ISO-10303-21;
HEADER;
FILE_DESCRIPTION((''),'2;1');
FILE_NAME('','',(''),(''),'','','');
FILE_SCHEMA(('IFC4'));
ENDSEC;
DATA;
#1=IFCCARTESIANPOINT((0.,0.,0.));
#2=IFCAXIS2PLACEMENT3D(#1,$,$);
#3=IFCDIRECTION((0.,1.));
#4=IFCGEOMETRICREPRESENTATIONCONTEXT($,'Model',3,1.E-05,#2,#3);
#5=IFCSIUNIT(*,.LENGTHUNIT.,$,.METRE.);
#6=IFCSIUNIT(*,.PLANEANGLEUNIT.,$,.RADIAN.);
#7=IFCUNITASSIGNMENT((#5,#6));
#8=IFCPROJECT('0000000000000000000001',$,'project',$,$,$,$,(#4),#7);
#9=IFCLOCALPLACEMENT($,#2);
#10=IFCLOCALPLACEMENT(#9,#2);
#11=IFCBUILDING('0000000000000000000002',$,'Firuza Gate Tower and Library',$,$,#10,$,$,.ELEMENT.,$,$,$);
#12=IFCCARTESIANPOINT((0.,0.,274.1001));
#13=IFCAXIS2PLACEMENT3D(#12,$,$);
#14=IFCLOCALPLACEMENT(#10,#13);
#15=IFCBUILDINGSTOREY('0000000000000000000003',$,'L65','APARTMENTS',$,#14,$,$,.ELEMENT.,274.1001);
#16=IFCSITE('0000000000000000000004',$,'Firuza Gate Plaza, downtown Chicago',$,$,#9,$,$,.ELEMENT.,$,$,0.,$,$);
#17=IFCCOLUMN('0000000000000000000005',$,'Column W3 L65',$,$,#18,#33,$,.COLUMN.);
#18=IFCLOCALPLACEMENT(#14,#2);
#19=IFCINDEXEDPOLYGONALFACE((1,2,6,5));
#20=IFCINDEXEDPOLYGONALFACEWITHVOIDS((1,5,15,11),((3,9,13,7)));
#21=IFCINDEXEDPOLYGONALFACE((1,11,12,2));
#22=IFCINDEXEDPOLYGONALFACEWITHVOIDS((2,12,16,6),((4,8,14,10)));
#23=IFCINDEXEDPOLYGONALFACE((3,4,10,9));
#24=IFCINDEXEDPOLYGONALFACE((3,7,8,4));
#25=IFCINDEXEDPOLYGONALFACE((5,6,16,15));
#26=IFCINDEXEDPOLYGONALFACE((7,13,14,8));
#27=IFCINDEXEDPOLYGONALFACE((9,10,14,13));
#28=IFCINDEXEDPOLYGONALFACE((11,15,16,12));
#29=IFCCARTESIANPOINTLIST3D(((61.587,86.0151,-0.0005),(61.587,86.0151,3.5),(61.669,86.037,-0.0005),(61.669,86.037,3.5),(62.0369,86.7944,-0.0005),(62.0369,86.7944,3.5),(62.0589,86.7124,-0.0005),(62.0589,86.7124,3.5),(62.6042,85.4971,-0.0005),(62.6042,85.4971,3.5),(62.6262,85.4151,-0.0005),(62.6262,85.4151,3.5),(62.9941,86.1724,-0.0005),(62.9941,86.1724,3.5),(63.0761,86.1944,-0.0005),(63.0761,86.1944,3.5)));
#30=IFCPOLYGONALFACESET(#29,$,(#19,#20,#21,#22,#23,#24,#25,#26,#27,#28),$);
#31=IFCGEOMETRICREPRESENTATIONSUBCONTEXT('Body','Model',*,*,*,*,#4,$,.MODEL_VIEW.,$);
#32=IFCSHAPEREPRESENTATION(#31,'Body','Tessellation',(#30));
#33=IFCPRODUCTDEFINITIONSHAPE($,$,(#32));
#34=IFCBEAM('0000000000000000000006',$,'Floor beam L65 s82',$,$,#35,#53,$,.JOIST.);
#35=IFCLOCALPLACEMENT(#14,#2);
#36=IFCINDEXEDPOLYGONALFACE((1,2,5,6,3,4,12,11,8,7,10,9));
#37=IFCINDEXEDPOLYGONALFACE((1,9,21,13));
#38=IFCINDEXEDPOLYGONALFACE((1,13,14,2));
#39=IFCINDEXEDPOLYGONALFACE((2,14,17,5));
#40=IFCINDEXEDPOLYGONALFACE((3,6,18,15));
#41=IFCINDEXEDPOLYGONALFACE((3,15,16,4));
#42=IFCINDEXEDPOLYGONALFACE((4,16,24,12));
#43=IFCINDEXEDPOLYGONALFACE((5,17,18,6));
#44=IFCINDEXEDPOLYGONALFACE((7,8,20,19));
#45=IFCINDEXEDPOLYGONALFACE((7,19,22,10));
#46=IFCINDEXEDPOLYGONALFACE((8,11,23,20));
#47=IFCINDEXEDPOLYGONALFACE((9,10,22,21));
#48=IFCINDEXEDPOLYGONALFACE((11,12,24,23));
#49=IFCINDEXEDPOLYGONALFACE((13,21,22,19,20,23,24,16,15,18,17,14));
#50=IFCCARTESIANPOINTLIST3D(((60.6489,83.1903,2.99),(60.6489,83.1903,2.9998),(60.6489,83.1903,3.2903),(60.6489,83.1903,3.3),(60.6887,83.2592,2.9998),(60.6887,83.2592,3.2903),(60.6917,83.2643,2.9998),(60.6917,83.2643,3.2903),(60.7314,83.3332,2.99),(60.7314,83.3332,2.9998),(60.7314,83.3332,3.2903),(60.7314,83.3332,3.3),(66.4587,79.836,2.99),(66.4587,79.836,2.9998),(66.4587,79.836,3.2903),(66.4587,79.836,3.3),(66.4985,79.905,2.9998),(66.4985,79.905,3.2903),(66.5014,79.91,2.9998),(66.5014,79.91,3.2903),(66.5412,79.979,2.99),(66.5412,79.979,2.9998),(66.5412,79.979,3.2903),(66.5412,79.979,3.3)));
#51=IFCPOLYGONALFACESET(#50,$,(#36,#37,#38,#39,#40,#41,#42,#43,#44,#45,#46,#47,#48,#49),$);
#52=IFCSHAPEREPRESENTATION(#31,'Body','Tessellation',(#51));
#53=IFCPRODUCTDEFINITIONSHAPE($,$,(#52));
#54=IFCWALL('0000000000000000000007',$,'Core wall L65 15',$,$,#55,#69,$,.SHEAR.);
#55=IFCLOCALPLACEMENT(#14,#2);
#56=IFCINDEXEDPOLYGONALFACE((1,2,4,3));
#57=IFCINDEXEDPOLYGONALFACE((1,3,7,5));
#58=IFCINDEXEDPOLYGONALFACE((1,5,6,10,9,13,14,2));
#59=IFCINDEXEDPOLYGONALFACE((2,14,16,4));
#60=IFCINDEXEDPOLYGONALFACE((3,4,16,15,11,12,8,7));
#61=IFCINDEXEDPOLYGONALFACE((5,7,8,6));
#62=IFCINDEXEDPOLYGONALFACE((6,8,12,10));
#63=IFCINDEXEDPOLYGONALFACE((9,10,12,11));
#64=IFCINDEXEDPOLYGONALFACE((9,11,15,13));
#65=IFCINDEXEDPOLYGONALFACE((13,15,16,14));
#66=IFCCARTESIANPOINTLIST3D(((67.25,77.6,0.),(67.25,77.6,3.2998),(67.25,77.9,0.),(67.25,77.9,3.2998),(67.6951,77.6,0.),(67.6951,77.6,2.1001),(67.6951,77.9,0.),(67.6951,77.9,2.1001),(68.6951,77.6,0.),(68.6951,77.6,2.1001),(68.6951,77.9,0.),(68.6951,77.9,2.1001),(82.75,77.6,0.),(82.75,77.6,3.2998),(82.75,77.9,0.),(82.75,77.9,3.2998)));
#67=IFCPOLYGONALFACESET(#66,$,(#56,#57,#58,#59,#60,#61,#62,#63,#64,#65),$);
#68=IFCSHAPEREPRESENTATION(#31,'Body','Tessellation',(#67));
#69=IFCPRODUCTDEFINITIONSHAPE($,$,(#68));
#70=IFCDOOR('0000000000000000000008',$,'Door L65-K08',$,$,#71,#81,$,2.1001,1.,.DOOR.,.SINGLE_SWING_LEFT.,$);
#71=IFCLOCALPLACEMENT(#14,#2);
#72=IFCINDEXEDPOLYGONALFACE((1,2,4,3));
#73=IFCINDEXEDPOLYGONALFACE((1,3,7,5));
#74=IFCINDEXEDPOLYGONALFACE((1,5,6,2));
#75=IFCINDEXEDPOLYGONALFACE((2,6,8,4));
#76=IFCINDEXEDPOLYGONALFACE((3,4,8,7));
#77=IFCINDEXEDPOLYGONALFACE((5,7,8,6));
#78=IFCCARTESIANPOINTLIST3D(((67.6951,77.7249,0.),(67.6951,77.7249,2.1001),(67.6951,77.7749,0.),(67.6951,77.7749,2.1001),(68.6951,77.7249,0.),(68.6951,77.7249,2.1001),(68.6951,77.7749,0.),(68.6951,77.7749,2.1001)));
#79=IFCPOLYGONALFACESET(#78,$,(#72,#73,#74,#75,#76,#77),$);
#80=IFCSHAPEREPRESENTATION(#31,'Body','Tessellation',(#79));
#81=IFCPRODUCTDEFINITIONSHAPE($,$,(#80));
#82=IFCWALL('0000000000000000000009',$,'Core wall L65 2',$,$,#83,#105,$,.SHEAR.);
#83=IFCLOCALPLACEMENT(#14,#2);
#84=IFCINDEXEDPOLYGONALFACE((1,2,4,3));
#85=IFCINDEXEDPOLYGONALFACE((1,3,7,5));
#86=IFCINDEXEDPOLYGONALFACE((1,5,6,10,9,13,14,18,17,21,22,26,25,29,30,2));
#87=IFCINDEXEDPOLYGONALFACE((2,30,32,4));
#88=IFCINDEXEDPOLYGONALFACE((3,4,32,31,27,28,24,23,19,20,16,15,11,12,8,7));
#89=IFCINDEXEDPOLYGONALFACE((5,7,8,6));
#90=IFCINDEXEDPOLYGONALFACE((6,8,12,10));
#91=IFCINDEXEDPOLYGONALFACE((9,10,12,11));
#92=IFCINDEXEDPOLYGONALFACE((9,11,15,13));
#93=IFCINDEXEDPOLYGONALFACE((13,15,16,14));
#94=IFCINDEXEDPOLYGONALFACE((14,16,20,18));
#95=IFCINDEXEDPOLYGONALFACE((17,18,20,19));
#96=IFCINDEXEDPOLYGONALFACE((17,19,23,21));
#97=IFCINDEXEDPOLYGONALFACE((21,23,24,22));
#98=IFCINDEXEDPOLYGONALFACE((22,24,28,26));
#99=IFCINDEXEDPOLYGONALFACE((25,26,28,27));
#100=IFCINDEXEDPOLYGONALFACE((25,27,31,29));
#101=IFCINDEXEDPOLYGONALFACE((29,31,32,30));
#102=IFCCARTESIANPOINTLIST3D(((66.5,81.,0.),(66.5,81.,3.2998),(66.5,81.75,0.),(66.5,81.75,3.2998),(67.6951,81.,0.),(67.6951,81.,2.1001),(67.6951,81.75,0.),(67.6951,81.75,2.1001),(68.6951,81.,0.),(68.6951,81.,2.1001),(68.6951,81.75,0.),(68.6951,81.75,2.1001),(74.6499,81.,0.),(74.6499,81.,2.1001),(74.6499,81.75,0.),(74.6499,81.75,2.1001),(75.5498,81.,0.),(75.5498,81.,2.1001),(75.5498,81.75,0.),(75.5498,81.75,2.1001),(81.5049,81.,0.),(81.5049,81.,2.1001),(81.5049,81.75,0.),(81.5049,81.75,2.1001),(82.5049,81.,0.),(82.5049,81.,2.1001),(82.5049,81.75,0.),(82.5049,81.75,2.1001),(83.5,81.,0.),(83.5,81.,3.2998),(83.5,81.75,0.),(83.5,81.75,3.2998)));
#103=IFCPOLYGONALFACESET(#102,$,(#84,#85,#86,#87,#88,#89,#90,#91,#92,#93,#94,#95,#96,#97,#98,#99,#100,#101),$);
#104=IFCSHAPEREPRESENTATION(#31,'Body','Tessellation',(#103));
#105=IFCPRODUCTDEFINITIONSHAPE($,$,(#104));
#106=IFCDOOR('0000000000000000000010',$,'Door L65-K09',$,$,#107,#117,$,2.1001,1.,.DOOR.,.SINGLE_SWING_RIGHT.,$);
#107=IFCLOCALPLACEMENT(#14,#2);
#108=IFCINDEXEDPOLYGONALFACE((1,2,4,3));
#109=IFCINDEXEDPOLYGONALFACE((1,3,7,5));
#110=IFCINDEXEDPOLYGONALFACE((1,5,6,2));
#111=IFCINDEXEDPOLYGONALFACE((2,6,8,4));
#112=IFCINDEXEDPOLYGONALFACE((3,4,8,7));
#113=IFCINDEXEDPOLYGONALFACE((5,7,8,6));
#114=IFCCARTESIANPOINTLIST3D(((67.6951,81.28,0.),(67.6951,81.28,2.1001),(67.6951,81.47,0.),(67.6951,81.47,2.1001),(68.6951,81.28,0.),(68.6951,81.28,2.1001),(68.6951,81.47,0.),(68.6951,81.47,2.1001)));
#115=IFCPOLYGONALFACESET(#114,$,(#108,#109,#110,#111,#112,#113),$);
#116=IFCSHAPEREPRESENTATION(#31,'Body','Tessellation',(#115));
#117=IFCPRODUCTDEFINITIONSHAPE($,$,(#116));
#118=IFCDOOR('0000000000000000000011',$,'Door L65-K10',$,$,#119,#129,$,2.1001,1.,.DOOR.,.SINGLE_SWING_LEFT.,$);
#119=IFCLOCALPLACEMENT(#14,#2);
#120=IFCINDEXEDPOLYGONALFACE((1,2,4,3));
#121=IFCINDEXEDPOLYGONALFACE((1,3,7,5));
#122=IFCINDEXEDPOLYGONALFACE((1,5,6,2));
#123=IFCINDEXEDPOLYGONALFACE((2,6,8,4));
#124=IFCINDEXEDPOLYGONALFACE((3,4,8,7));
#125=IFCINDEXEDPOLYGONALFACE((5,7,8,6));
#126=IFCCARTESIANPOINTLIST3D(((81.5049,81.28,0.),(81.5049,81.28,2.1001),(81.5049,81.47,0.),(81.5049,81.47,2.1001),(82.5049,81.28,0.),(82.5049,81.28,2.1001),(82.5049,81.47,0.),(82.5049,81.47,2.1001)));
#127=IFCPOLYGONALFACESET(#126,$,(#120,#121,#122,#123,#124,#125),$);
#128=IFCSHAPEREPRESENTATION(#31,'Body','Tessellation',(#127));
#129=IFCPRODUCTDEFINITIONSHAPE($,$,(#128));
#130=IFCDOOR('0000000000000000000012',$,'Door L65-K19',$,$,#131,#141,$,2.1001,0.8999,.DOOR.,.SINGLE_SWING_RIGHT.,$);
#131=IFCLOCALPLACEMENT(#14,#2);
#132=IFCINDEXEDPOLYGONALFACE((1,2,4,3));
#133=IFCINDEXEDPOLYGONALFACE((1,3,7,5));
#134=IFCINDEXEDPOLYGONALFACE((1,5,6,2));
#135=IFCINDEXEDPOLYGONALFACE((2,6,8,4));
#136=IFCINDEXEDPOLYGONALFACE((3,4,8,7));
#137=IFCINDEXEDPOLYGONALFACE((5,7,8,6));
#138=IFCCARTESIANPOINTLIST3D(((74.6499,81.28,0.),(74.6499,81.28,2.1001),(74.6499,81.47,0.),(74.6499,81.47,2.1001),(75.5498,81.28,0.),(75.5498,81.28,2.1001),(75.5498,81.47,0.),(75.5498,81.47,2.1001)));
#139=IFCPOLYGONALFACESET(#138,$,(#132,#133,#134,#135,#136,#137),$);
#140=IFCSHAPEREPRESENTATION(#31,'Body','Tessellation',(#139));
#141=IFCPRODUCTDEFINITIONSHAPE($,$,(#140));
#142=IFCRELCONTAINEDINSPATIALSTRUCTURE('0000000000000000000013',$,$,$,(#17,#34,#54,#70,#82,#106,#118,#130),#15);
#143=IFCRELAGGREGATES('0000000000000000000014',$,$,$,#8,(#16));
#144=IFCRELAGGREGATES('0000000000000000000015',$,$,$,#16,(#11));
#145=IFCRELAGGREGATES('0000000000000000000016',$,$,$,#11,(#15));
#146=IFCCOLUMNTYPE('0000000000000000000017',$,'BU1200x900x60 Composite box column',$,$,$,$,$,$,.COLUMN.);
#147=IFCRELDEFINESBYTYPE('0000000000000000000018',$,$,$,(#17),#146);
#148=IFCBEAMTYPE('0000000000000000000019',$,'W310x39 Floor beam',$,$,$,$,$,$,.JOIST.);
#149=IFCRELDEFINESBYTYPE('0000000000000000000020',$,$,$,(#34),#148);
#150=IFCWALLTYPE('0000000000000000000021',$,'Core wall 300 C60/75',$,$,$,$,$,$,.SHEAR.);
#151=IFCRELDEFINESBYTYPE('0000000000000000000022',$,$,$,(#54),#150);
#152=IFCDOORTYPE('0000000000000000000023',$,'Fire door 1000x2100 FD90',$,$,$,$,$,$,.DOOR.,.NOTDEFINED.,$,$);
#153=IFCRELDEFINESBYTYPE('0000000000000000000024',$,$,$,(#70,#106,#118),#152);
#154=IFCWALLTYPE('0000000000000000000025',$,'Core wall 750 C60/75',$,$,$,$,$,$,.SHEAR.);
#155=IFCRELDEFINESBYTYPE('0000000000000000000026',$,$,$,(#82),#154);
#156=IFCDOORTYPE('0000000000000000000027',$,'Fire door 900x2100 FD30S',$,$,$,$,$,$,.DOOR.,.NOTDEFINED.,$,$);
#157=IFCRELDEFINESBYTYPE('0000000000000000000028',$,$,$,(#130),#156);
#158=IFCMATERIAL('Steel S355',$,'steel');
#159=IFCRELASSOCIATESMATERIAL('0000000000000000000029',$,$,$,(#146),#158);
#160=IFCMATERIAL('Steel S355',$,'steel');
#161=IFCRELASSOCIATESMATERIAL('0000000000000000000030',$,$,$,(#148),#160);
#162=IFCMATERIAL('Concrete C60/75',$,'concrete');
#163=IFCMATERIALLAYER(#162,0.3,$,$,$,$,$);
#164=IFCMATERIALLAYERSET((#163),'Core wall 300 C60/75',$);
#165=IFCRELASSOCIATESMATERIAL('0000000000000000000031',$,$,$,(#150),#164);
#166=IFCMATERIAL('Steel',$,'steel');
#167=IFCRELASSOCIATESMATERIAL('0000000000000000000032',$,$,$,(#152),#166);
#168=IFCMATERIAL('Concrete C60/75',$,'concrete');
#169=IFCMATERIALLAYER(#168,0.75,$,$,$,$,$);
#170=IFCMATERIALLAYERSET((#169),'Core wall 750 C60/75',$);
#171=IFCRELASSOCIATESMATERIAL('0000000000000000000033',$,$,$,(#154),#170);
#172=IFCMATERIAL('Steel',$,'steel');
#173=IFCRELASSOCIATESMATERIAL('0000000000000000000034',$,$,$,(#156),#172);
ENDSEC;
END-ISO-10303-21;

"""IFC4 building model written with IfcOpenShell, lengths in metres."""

from ifc_helpers import new_model, si_unit, direction, frame, frame_2d, origin, origin_2d, place, context, subcontext, project, spatial, rectangle, hollow_rectangle, i_section, extrude, material, layer, layer_set, material_profile, profile_set, type_object, element, fill, save


model = new_model("IFC4")

# Units and contexts
model_context = context("Model", 3, precision=1e-05, world=origin(), true_north=direction((0.0, 1.0)))
body_context = subcontext(model_context, "Body", "Model", "MODEL_VIEW")
ifc_project = project(units=[si_unit("LENGTHUNIT", "METRE"), si_unit("PLANEANGLEUNIT", "RADIAN")], contexts=[model_context])

# Site, building, storey
site_placement = place(None, origin())
site = spatial("IfcSite", under=ifc_project, at=site_placement, Name="Firuza Gate Plaza, downtown Chicago", CompositionType="ELEMENT", RefElevation=0.0)
building_placement = place(site_placement, origin())
building = spatial("IfcBuilding", under=site, at=building_placement, Name="Firuza Gate Tower and Library", CompositionType="ELEMENT")
storey_placement = place(building_placement, frame((0.0, 0.0, 274.1001)))
storey = spatial("IfcBuildingStorey", under=building, at=storey_placement, Name="L65", Description="APARTMENTS", CompositionType="ELEMENT", Elevation=274.1001)

# Column
ifc_material_1 = material(Name="Steel S355", Category="steel")
ifc_material_profile_1 = material_profile(ifc_material_1, hollow_rectangle(XDim=0.8999, YDim=1.2, WallThickness=0.0601, at=origin_2d()))
ifc_profile_set_1 = profile_set([ifc_material_profile_1], Name="Steel S355")
column_type = type_object("IfcColumnType", Name="BU1200x900x60 Composite box column", PredefinedType="COLUMN", material=ifc_profile_set_1)
column_placement = place(storey_placement, frame((62.3315, 86.1047, -0.0005), z_axis=(0.0, 0.0, 1.0), x_axis=(-0.5, -0.866025, 0.0)))
element("IfcColumn", 1, at=column_placement, inside=storey, type_object=column_type, Name="Column W3 L65", PredefinedType="COLUMN", context=body_context, shape_type="SweptSolid", body=[
    extrude(hollow_rectangle(XDim=0.8999, YDim=1.2, WallThickness=0.0601, at=origin_2d()), origin(), (0.0, 0.0, 1.0), 3.5005),
])

# Beam
ifc_material_2 = material(Name="Steel S355", Category="steel")
ifc_material_profile_2 = material_profile(ifc_material_2, i_section(OverallWidth=0.165, OverallDepth=0.3101, WebThickness=0.0059, FlangeThickness=0.0098, at=origin_2d()))
ifc_profile_set_2 = profile_set([ifc_material_profile_2], Name="Steel S355")
beam_type = type_object("IfcBeamType", Name="W310x39 Floor beam", PredefinedType="JOIST", material=ifc_profile_set_2)
beam_placement = place(storey_placement, frame((60.6902, 83.2617, 3.145), z_axis=(0.866029, -0.499994, 0.0), x_axis=(0.499994, 0.866029, 0.0)))
element("IfcBeam", 2, at=beam_placement, inside=storey, type_object=beam_type, Name="Floor beam L65 s82", PredefinedType="JOIST", context=body_context, shape_type="SweptSolid", body=[
    extrude(i_section(OverallWidth=0.165, OverallDepth=0.3101, WebThickness=0.0059, FlangeThickness=0.0098, at=origin_2d()), origin(), (0.0, 0.0, 1.0), 6.7085),
])

# Wall, opening, door
ifc_material_3 = material(Name="Concrete C60/75", Category="concrete")
ifc_layer_1 = layer(ifc_material_3, 0.3)
ifc_layer_set_1 = layer_set([ifc_layer_1], Name="Core wall 300 C60/75")
wall_type_1 = type_object("IfcWallType", Name="Core wall 300 C60/75", PredefinedType="SHEAR", material=ifc_layer_set_1)
wall_1_placement = place(storey_placement, frame((67.25, 77.75, 0.0), z_axis=(0.0, 0.0, 1.0), x_axis=(1.0, 0.0, 0.0)))
wall_1 = element("IfcWall", 3, at=wall_1_placement, inside=storey, type_object=wall_type_1, Name="Core wall L65 15", PredefinedType="SHEAR", context=body_context, shape_type="SweptSolid", body=[
    extrude(rectangle(XDim=15.5, YDim=0.3, at=frame_2d((7.75, 0.0))), origin(), (0.0, 0.0, 1.0), 3.2998),
])
opening_1_placement = place(wall_1_placement, frame((0.4451, 0.0, 0.0)))
opening_1 = element("IfcOpeningElement", 4, at=opening_1_placement, cuts=wall_1, PredefinedType="OPENING", context=body_context, shape_type="SweptSolid", body=[
    extrude(rectangle(XDim=1.0, YDim=2.1001, at=frame_2d((0.5, 1.05))), frame((0.0, 0.1602, 0.0), z_axis=(0.0, -1.0, 0.0), x_axis=(1.0, 0.0, 0.0)), (0.0, 0.0, 1.0), 0.3201),
])
ifc_material_4 = material(Name="Steel", Category="steel")
door_type_1 = type_object("IfcDoorType", Name="Fire door 1000x2100 FD90", OperationType="NOTDEFINED", PredefinedType="DOOR", material=ifc_material_4)
door_1_placement = place(opening_1_placement, origin())
door_1 = element("IfcDoor", 5, at=door_1_placement, inside=storey, type_object=door_type_1, Name="Door L65-K08", OperationType="SINGLE_SWING_LEFT", OverallHeight=2.1001, OverallWidth=1.0, PredefinedType="DOOR", context=body_context, shape_type="SweptSolid", body=[
    extrude(rectangle(XDim=1.0, YDim=2.1001, at=frame_2d((0.5, 1.05))), frame((0.0, 0.0249, 0.0), z_axis=(0.0, -1.0, 0.0), x_axis=(1.0, 0.0, 0.0)), (0.0, 0.0, 1.0), 0.05),
])
fill(opening_1, door_1)

# Wall, openings, doors
ifc_material_5 = material(Name="Concrete C60/75", Category="concrete")
ifc_layer_2 = layer(ifc_material_5, 0.75)
ifc_layer_set_2 = layer_set([ifc_layer_2], Name="Core wall 750 C60/75")
wall_type_2 = type_object("IfcWallType", Name="Core wall 750 C60/75", PredefinedType="SHEAR", material=ifc_layer_set_2)
wall_2_placement = place(storey_placement, frame((66.5, 81.375, 0.0), z_axis=(0.0, 0.0, 1.0), x_axis=(1.0, 0.0, 0.0)))
wall_2 = element("IfcWall", 6, at=wall_2_placement, inside=storey, type_object=wall_type_2, Name="Core wall L65 2", PredefinedType="SHEAR", context=body_context, shape_type="SweptSolid", body=[
    extrude(rectangle(XDim=17.0, YDim=0.75, at=frame_2d((8.5, 0.0))), origin(), (0.0, 0.0, 1.0), 3.2998),
])
opening_2_placement = place(wall_2_placement, frame((1.1951, 0.0, 0.0)))
opening_2 = element("IfcOpeningElement", 7, at=opening_2_placement, cuts=wall_2, PredefinedType="OPENING", context=body_context, shape_type="SweptSolid", body=[
    extrude(rectangle(XDim=1.0, YDim=2.1001, at=frame_2d((0.5, 1.05))), frame((0.0, 0.385, 0.0), z_axis=(0.0, -1.0, 0.0), x_axis=(1.0, 0.0, 0.0)), (0.0, 0.0, 1.0), 0.77),
])
opening_3_placement = place(wall_2_placement, frame((15.0049, 0.0, 0.0)))
opening_3 = element("IfcOpeningElement", 8, at=opening_3_placement, cuts=wall_2, PredefinedType="OPENING", context=body_context, shape_type="SweptSolid", body=[
    extrude(rectangle(XDim=1.0, YDim=2.1001, at=frame_2d((0.5, 1.05))), frame((0.0, 0.385, 0.0), z_axis=(0.0, -1.0, 0.0), x_axis=(1.0, 0.0, 0.0)), (0.0, 0.0, 1.0), 0.77),
])
opening_4_placement = place(wall_2_placement, frame((8.1499, 0.0, 0.0)))
opening_4 = element("IfcOpeningElement", 9, at=opening_4_placement, cuts=wall_2, PredefinedType="OPENING", context=body_context, shape_type="SweptSolid", body=[
    extrude(rectangle(XDim=0.8999, YDim=2.1001, at=frame_2d((0.45, 1.05))), frame((0.0, 0.385, 0.0), z_axis=(0.0, -1.0, 0.0), x_axis=(1.0, 0.0, 0.0)), (0.0, 0.0, 1.0), 0.77),
])
door_2_placement = place(opening_2_placement, origin())
door_2 = element("IfcDoor", 10, at=door_2_placement, inside=storey, type_object=door_type_1, Name="Door L65-K09", OperationType="SINGLE_SWING_RIGHT", OverallHeight=2.1001, OverallWidth=1.0, PredefinedType="DOOR", context=body_context, shape_type="SweptSolid", body=[
    extrude(rectangle(XDim=1.0, YDim=2.1001, at=frame_2d((0.5, 1.05))), frame((0.0, 0.095, 0.0), z_axis=(0.0, -1.0, 0.0), x_axis=(1.0, 0.0, 0.0)), (0.0, 0.0, 1.0), 0.1899),
])
fill(opening_2, door_2)
door_3_placement = place(opening_3_placement, origin())
door_3 = element("IfcDoor", 11, at=door_3_placement, inside=storey, type_object=door_type_1, Name="Door L65-K10", OperationType="SINGLE_SWING_LEFT", OverallHeight=2.1001, OverallWidth=1.0, PredefinedType="DOOR", context=body_context, shape_type="SweptSolid", body=[
    extrude(rectangle(XDim=1.0, YDim=2.1001, at=frame_2d((0.5, 1.05))), frame((0.0, 0.095, 0.0), z_axis=(0.0, -1.0, 0.0), x_axis=(1.0, 0.0, 0.0)), (0.0, 0.0, 1.0), 0.1899),
])
fill(opening_3, door_3)
ifc_material_6 = material(Name="Steel", Category="steel")
door_type_2 = type_object("IfcDoorType", Name="Fire door 900x2100 FD30S", OperationType="NOTDEFINED", PredefinedType="DOOR", material=ifc_material_6)
door_4_placement = place(opening_4_placement, origin())
door_4 = element("IfcDoor", 12, at=door_4_placement, inside=storey, type_object=door_type_2, Name="Door L65-K19", OperationType="SINGLE_SWING_RIGHT", OverallHeight=2.1001, OverallWidth=0.8999, PredefinedType="DOOR", context=body_context, shape_type="SweptSolid", body=[
    extrude(rectangle(XDim=0.8999, YDim=2.1001, at=frame_2d((0.45, 1.05))), frame((0.0, 0.095, 0.0), z_axis=(0.0, -1.0, 0.0), x_axis=(1.0, 0.0, 0.0)), (0.0, 0.0, 1.0), 0.1899),
])
fill(opening_4, door_4)

save(model, "model.ifc")
